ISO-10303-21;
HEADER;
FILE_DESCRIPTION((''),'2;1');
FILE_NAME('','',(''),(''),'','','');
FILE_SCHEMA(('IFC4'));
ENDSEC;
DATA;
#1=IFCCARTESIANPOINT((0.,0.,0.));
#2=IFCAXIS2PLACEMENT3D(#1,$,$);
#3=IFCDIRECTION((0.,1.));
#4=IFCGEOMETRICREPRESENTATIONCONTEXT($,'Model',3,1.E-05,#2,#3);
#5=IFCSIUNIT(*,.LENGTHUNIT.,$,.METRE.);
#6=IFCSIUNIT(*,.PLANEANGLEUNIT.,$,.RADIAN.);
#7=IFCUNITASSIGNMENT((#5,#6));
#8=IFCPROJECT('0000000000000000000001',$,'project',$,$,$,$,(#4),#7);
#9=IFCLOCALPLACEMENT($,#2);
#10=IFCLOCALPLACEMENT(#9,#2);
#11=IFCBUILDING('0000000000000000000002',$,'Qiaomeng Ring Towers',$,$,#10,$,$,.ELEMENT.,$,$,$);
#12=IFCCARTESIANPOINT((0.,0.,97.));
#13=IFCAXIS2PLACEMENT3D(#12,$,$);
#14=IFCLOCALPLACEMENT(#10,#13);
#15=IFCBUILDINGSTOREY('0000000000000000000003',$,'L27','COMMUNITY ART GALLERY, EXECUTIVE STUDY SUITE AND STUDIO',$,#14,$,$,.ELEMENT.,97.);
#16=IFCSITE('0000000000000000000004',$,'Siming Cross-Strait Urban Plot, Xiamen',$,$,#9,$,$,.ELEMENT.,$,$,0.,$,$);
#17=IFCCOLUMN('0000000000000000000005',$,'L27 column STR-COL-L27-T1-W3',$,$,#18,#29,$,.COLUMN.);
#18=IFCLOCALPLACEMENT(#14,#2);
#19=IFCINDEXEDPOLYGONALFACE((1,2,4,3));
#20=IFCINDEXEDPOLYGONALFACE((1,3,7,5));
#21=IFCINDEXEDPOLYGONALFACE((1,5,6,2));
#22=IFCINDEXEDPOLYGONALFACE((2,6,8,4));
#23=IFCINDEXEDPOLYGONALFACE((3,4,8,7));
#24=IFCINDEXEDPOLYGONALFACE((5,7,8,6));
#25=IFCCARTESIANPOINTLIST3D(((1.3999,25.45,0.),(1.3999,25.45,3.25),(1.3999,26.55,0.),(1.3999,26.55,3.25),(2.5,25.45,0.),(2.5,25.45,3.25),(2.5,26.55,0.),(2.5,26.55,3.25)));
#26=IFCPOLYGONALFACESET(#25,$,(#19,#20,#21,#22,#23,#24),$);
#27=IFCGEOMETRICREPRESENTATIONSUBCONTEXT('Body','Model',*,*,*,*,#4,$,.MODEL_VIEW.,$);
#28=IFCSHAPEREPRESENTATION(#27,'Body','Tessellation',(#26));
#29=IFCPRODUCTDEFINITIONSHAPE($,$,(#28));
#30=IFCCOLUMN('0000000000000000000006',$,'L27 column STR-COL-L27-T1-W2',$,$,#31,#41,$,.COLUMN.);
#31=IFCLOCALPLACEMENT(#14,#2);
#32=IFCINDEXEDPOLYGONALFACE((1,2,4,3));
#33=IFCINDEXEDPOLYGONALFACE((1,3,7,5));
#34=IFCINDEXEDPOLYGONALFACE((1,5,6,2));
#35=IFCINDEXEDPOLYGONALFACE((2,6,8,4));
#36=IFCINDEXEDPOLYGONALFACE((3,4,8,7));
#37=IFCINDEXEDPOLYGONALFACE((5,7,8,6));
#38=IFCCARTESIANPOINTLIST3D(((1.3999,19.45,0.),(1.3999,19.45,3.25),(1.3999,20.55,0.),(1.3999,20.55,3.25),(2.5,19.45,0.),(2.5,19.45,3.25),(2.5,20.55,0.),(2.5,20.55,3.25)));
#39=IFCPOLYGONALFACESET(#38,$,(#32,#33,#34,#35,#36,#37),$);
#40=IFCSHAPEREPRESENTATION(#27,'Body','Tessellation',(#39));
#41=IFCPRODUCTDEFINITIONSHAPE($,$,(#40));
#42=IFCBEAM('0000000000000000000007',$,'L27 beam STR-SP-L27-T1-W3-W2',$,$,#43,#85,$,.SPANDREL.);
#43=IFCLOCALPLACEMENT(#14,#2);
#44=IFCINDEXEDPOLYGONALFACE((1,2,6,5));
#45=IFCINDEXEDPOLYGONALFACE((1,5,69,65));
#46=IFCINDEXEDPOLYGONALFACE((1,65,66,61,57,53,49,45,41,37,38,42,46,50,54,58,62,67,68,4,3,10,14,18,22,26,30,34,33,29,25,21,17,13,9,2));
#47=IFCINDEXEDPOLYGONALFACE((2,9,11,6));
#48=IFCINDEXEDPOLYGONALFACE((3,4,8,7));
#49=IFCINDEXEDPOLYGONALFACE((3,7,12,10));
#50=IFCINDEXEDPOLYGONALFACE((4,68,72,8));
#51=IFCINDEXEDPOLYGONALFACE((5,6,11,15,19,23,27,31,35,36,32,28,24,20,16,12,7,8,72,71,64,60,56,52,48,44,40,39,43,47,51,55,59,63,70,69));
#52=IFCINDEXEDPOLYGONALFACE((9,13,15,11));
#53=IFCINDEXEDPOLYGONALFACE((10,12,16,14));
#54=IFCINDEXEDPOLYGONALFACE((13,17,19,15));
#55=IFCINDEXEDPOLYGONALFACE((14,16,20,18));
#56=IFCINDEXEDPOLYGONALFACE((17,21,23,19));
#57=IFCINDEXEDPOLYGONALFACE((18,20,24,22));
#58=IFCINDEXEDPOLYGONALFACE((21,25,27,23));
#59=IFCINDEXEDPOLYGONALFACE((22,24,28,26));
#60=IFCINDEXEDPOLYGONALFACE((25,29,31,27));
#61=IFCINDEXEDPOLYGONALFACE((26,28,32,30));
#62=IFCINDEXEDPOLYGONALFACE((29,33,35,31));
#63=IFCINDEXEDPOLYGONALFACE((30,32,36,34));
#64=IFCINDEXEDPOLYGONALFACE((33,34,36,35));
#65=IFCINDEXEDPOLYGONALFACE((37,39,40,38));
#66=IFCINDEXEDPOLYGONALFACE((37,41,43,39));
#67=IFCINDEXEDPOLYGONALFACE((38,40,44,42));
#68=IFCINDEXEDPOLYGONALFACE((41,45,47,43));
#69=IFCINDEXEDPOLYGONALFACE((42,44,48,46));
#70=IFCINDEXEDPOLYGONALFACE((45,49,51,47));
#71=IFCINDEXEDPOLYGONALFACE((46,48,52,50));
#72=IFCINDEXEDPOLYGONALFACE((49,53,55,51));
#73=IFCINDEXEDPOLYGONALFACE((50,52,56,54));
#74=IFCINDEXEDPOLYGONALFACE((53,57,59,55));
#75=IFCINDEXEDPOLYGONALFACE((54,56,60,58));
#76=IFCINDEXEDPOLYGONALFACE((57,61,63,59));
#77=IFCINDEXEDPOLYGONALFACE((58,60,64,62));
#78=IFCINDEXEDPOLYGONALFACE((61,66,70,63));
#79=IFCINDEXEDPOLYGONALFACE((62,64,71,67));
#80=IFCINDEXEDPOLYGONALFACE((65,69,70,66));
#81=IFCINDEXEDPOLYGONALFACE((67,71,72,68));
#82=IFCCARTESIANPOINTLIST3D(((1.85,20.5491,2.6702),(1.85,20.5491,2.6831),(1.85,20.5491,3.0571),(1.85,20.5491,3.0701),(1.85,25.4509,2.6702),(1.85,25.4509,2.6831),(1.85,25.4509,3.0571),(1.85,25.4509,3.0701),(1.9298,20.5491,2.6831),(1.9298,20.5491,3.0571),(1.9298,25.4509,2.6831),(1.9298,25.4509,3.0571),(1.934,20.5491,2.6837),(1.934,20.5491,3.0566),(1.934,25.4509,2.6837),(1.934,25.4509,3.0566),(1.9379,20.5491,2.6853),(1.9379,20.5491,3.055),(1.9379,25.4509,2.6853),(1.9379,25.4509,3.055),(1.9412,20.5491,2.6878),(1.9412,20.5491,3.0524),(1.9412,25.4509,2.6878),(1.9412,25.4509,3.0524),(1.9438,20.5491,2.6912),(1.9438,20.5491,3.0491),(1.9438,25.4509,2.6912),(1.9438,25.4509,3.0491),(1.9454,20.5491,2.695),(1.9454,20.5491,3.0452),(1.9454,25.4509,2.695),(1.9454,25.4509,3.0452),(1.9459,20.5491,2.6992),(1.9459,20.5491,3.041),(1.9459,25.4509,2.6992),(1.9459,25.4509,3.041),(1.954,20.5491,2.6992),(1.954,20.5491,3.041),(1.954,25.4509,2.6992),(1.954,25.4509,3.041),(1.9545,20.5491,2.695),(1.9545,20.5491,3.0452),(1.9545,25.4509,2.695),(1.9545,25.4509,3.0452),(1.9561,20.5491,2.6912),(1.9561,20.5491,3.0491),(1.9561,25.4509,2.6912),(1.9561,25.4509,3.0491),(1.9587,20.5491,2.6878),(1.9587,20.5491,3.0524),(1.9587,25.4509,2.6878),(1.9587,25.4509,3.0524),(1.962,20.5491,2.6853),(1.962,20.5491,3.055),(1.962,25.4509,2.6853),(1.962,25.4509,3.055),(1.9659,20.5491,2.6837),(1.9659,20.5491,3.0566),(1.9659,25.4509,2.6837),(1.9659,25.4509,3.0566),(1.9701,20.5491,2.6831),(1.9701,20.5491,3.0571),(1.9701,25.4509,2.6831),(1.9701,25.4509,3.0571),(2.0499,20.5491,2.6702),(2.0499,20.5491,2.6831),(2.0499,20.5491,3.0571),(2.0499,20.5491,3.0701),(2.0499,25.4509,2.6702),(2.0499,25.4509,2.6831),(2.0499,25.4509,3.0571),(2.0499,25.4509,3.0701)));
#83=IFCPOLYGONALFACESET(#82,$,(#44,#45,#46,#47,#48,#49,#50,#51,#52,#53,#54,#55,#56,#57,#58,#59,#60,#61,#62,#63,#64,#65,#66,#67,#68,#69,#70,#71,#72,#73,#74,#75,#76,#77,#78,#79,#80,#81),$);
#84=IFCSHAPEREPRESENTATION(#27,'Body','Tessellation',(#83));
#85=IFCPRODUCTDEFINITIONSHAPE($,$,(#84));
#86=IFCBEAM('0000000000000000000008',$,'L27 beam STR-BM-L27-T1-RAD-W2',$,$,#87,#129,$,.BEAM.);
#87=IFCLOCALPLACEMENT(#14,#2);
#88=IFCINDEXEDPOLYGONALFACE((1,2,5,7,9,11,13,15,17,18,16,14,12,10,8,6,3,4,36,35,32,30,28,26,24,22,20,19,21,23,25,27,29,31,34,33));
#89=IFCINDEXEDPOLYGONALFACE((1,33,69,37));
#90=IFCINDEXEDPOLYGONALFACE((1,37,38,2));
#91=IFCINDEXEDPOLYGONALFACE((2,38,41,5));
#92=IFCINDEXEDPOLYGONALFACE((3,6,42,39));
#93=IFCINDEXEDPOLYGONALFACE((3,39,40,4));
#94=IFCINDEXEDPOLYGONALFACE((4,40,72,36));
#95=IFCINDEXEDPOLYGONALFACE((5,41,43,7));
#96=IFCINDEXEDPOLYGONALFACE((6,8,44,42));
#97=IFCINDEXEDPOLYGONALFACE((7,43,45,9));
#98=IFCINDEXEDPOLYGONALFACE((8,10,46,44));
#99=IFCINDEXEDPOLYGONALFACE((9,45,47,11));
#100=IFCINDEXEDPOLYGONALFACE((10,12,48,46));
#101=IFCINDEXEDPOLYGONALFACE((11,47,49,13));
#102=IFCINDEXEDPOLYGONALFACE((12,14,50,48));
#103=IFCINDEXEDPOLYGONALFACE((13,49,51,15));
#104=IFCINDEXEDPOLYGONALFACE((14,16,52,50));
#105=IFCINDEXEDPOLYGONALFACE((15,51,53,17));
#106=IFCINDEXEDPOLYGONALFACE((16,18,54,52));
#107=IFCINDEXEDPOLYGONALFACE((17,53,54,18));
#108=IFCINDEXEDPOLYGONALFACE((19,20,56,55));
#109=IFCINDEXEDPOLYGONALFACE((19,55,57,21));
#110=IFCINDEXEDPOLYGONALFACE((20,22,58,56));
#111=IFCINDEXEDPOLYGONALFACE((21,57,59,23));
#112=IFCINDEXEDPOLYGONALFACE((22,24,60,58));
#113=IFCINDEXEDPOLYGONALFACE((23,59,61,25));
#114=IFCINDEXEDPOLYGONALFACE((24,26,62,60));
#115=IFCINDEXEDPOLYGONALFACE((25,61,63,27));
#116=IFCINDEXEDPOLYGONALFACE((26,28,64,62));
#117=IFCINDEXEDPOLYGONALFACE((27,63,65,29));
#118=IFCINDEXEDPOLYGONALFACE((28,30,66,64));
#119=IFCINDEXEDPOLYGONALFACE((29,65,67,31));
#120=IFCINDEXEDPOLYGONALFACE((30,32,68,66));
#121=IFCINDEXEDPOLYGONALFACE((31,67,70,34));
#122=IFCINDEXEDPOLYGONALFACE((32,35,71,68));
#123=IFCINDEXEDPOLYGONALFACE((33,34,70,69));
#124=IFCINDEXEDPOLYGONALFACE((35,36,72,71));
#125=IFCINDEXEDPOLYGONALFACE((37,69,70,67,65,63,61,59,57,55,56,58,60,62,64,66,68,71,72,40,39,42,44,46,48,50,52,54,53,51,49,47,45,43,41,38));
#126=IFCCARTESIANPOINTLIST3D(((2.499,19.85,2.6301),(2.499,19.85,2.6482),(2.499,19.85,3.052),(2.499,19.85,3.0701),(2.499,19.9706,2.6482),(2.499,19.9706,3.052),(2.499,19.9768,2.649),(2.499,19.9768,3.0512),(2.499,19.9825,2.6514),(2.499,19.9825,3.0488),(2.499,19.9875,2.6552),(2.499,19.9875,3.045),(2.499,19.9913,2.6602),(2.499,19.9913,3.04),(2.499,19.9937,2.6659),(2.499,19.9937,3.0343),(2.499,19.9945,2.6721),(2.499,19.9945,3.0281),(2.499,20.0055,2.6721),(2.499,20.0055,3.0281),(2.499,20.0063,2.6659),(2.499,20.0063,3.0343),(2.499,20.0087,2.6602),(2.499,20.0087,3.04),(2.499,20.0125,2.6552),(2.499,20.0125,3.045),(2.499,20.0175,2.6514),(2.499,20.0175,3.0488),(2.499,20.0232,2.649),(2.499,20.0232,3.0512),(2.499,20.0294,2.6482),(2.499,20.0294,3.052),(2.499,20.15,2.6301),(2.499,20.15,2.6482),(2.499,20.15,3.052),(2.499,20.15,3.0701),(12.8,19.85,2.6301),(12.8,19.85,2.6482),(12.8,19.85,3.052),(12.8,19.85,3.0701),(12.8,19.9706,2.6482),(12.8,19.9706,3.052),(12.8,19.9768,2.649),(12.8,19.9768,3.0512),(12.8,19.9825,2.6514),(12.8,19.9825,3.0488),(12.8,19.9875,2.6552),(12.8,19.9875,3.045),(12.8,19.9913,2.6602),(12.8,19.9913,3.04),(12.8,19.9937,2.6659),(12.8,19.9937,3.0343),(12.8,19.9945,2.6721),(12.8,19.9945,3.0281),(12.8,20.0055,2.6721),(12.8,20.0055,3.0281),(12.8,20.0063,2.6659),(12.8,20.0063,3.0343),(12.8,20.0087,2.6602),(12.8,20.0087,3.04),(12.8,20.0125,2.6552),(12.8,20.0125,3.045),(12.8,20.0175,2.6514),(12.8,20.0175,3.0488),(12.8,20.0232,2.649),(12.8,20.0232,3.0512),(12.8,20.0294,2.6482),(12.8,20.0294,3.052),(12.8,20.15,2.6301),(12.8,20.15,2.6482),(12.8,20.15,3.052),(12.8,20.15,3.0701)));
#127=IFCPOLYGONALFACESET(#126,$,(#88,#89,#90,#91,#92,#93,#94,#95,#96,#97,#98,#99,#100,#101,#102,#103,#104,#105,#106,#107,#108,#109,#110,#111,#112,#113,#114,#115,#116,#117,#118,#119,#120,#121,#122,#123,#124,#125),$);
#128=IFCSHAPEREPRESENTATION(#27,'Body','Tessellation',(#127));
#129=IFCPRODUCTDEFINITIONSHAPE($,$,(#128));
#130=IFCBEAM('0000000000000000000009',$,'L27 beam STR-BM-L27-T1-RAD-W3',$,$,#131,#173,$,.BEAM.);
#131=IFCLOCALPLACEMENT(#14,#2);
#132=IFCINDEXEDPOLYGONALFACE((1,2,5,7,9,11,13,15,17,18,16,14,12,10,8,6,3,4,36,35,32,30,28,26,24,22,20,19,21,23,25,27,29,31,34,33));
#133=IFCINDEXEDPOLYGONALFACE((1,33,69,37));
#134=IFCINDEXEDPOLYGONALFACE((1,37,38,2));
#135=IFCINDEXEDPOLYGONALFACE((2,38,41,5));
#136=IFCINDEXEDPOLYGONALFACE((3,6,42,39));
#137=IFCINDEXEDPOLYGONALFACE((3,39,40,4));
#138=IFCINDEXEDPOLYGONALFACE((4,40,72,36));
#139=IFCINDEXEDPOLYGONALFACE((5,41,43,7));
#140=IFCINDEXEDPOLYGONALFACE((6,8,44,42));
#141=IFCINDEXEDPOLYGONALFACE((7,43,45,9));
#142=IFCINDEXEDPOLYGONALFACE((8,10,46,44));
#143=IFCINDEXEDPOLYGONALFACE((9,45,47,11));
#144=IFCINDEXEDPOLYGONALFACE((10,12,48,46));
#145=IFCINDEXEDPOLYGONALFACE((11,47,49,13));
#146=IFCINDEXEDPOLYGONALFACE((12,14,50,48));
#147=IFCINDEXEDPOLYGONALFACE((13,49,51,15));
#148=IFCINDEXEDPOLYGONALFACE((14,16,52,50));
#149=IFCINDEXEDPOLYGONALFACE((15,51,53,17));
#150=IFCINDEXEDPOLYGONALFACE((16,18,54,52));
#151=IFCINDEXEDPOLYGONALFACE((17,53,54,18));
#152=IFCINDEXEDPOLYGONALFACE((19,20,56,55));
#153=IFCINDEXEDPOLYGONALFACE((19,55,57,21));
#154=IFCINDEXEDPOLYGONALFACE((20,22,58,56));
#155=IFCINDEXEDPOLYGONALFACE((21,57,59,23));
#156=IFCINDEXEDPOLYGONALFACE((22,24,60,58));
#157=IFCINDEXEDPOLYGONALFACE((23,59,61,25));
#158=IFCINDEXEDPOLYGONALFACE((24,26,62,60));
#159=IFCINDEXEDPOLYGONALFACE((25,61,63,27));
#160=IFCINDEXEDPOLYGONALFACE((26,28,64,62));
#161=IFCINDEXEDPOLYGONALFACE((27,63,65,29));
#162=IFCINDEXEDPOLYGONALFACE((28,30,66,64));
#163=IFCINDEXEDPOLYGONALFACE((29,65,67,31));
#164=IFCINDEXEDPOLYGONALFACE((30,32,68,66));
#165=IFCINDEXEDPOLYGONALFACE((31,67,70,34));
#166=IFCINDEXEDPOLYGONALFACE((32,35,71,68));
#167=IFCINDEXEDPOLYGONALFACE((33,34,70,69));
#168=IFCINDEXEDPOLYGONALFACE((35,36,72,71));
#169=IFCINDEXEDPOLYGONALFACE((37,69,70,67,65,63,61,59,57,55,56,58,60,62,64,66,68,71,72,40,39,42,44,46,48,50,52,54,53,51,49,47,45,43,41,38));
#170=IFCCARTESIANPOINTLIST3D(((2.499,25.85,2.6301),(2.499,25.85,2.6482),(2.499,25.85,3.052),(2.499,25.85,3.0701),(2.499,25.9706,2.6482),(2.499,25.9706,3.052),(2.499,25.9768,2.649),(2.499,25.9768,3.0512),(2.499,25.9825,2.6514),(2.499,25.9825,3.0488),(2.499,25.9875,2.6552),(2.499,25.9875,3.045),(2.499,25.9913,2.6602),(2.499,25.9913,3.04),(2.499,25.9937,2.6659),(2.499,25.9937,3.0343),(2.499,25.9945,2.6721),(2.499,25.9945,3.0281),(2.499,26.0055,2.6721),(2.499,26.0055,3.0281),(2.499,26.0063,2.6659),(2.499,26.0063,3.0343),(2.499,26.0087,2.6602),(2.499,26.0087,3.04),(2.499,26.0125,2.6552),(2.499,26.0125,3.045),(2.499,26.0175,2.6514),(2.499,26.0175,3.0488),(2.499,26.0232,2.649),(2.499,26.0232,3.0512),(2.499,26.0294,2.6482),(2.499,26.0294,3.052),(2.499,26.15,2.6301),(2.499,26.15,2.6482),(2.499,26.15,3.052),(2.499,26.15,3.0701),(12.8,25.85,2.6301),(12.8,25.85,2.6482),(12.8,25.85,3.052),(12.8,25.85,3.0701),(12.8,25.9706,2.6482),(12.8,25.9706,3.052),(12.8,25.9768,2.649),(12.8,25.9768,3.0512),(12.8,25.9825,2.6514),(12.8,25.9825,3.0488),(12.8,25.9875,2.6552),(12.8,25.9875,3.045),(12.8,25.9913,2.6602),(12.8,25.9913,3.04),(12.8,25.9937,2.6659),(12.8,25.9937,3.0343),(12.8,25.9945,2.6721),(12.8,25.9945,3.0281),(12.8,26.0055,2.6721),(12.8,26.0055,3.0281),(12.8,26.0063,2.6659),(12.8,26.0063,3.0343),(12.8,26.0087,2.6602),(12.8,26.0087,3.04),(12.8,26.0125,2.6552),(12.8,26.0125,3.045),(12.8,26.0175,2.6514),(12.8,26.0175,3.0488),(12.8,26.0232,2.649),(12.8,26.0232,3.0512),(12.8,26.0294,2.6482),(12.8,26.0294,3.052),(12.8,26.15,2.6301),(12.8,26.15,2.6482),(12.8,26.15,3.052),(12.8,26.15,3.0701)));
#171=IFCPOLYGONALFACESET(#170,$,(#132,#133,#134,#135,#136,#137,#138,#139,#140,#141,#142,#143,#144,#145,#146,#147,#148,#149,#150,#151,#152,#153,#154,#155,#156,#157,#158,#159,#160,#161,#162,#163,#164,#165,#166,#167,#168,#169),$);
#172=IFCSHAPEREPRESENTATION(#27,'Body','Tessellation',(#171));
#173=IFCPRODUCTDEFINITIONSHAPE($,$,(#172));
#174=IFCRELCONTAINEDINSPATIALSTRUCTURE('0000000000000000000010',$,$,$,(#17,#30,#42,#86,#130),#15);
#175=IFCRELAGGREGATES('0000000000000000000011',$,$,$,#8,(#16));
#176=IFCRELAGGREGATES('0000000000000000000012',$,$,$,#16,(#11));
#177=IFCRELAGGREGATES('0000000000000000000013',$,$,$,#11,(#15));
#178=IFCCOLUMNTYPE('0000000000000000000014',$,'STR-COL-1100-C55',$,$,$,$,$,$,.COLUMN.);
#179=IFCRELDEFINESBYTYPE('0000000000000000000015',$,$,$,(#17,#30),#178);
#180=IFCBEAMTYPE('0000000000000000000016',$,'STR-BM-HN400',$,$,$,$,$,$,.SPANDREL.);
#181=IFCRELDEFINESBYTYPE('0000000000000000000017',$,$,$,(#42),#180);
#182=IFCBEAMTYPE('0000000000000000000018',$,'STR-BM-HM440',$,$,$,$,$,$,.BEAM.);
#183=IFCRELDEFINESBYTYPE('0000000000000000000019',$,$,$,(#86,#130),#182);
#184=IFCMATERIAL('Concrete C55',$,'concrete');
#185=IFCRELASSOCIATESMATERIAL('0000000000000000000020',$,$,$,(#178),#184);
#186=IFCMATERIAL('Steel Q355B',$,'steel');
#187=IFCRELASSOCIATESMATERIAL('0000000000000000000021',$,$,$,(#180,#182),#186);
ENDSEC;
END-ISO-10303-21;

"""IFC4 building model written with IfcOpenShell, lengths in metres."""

from ifc_helpers import new_model, si_unit, direction, frame, origin, origin_2d, place, context, subcontext, project, spatial, rectangle, i_section, extrude, source, transform, mapped, material, material_profile, profile_set, type_object, element, save


model = new_model("IFC4")

# Units and contexts
model_context = context("Model", 3, precision=1e-05, world=origin(), true_north=direction((0.0, 1.0)))
body_context = subcontext(model_context, "Body", "Model", "MODEL_VIEW")
ifc_project = project(units=[si_unit("LENGTHUNIT", "METRE"), si_unit("PLANEANGLEUNIT", "RADIAN")], contexts=[model_context])

# Site, building, storey
site_placement = place(None, origin())
site = spatial("IfcSite", under=ifc_project, at=site_placement, Name="Siming Cross-Strait Urban Plot, Xiamen", CompositionType="ELEMENT", RefElevation=0.0)
building_placement = place(site_placement, origin())
building = spatial("IfcBuilding", under=site, at=building_placement, Name="Qiaomeng Ring Towers", CompositionType="ELEMENT")
storey_placement = place(building_placement, frame((0.0, 0.0, 97.0)))
storey = spatial("IfcBuildingStorey", under=building, at=storey_placement, Name="L27", Description="COMMUNITY ART GALLERY, EXECUTIVE STUDY SUITE AND STUDIO", CompositionType="ELEMENT", Elevation=97.0)

# Columns
ifc_material_1 = material(Name="Concrete C55", Category="concrete")
ifc_material_profile_1 = material_profile(ifc_material_1, rectangle(XDim=1.1001, YDim=1.1001, at=origin_2d()), Name="RC COL 1100x1100")
ifc_profile_set_1 = profile_set([ifc_material_profile_1], Name="Concrete C55")
column_type = type_object("IfcColumnType", Name="STR-COL-1100-C55", PredefinedType="COLUMN", material=ifc_profile_set_1)
shared_shape_1 = source(origin(), body_context, "Body", "SweptSolid", [
    extrude(rectangle(XDim=1.1001, YDim=1.1001, at=origin_2d()), origin(), (0.0, 0.0, 1.0), 3.25),
])
for number, where, z_axis, x_axis, name in (
    (1, (1.95, 26.0, 0.0), (0.0, 0.0, 1.0), (1.0, 0.0, 0.0), "L27 column STR-COL-L27-T1-W3"),
    (2, (1.95, 20.0, 0.0), (0.0, 0.0, 1.0), (1.0, 0.0, 0.0), "L27 column STR-COL-L27-T1-W2"),
):
    element("IfcColumn", number, at=place(storey_placement, frame(where, z_axis=z_axis, x_axis=x_axis)), inside=storey, type_object=column_type, Name=name, PredefinedType="COLUMN", context=body_context, shape_type="MappedRepresentation", body=[
        mapped(shared_shape_1, transform((0.0, 0.0, 0.0), x_axis=(1.0, 0.0, 0.0), y_axis=(0.0, 1.0, 0.0), z_axis=(0.0, 0.0, 1.0), scale=1.0)),
    ])

# Beams
ifc_material_2 = material(Name="Steel Q355B", Category="steel")
ifc_material_profile_2 = material_profile(ifc_material_2, i_section(OverallWidth=0.2, OverallDepth=0.3999, WebThickness=0.0081, FlangeThickness=0.0129, FilletRadius=0.0161, at=origin_2d()), Name="HN 400x200x8x13")
ifc_profile_set_2 = profile_set([ifc_material_profile_2], Name="Steel Q355B")
beam_type_1 = type_object("IfcBeamType", Name="STR-BM-HN400", PredefinedType="SPANDREL", material=ifc_profile_set_2)
shared_shape_2 = source(origin(), body_context, "Body", "SweptSolid", [
    extrude(i_section(OverallWidth=0.2, OverallDepth=0.3999, WebThickness=0.0081, FlangeThickness=0.0129, FilletRadius=0.0161, at=origin_2d()), origin(), (0.0, 0.0, 1.0), 4.9019),
])
beam_1_placement = place(storey_placement, frame((1.95, 25.4509, 2.8701), z_axis=(0.0, -1.0, 0.0), x_axis=(1.0, 0.0, 0.0)))
element("IfcBeam", 3, at=beam_1_placement, inside=storey, type_object=beam_type_1, Name="L27 beam STR-SP-L27-T1-W3-W2", PredefinedType="SPANDREL", context=body_context, shape_type="MappedRepresentation", body=[
    mapped(shared_shape_2, transform((0.0, 0.0, 0.0), x_axis=(1.0, 0.0, 0.0), y_axis=(0.0, 1.0, 0.0), z_axis=(0.0, 0.0, 1.0), scale=1.0)),
])
ifc_material_profile_3 = material_profile(ifc_material_2, i_section(OverallWidth=0.3, OverallDepth=0.4399, WebThickness=0.011, FlangeThickness=0.0181, FilletRadius=0.0239, at=origin_2d()), Name="HM 440x300x11x18")
ifc_profile_set_3 = profile_set([ifc_material_profile_3], Name="Steel Q355B")
beam_type_2 = type_object("IfcBeamType", Name="STR-BM-HM440", PredefinedType="BEAM", material=ifc_profile_set_3)
shared_shape_3 = source(origin(), body_context, "Body", "SweptSolid", [
    extrude(i_section(OverallWidth=0.3, OverallDepth=0.4399, WebThickness=0.011, FlangeThickness=0.0181, FilletRadius=0.0239, at=origin_2d()), origin(), (0.0, 0.0, 1.0), 10.301),
])
for number, where, z_axis, x_axis, name in (
    (4, (2.499, 20.0, 2.8501), (1.0, 0.0, 0.0), (0.0, 1.0, 0.0), "L27 beam STR-BM-L27-T1-RAD-W2"),
    (5, (2.499, 26.0, 2.8501), (1.0, 0.0, 0.0), (0.0, 1.0, 0.0), "L27 beam STR-BM-L27-T1-RAD-W3"),
):
    element("IfcBeam", number, at=place(storey_placement, frame(where, z_axis=z_axis, x_axis=x_axis)), inside=storey, type_object=beam_type_2, Name=name, PredefinedType="BEAM", context=body_context, shape_type="MappedRepresentation", body=[
        mapped(shared_shape_3, transform((0.0, 0.0, 0.0), x_axis=(1.0, 0.0, 0.0), y_axis=(0.0, 1.0, 0.0), z_axis=(0.0, 0.0, 1.0), scale=1.0)),
    ])

save(model, "model.ifc")
